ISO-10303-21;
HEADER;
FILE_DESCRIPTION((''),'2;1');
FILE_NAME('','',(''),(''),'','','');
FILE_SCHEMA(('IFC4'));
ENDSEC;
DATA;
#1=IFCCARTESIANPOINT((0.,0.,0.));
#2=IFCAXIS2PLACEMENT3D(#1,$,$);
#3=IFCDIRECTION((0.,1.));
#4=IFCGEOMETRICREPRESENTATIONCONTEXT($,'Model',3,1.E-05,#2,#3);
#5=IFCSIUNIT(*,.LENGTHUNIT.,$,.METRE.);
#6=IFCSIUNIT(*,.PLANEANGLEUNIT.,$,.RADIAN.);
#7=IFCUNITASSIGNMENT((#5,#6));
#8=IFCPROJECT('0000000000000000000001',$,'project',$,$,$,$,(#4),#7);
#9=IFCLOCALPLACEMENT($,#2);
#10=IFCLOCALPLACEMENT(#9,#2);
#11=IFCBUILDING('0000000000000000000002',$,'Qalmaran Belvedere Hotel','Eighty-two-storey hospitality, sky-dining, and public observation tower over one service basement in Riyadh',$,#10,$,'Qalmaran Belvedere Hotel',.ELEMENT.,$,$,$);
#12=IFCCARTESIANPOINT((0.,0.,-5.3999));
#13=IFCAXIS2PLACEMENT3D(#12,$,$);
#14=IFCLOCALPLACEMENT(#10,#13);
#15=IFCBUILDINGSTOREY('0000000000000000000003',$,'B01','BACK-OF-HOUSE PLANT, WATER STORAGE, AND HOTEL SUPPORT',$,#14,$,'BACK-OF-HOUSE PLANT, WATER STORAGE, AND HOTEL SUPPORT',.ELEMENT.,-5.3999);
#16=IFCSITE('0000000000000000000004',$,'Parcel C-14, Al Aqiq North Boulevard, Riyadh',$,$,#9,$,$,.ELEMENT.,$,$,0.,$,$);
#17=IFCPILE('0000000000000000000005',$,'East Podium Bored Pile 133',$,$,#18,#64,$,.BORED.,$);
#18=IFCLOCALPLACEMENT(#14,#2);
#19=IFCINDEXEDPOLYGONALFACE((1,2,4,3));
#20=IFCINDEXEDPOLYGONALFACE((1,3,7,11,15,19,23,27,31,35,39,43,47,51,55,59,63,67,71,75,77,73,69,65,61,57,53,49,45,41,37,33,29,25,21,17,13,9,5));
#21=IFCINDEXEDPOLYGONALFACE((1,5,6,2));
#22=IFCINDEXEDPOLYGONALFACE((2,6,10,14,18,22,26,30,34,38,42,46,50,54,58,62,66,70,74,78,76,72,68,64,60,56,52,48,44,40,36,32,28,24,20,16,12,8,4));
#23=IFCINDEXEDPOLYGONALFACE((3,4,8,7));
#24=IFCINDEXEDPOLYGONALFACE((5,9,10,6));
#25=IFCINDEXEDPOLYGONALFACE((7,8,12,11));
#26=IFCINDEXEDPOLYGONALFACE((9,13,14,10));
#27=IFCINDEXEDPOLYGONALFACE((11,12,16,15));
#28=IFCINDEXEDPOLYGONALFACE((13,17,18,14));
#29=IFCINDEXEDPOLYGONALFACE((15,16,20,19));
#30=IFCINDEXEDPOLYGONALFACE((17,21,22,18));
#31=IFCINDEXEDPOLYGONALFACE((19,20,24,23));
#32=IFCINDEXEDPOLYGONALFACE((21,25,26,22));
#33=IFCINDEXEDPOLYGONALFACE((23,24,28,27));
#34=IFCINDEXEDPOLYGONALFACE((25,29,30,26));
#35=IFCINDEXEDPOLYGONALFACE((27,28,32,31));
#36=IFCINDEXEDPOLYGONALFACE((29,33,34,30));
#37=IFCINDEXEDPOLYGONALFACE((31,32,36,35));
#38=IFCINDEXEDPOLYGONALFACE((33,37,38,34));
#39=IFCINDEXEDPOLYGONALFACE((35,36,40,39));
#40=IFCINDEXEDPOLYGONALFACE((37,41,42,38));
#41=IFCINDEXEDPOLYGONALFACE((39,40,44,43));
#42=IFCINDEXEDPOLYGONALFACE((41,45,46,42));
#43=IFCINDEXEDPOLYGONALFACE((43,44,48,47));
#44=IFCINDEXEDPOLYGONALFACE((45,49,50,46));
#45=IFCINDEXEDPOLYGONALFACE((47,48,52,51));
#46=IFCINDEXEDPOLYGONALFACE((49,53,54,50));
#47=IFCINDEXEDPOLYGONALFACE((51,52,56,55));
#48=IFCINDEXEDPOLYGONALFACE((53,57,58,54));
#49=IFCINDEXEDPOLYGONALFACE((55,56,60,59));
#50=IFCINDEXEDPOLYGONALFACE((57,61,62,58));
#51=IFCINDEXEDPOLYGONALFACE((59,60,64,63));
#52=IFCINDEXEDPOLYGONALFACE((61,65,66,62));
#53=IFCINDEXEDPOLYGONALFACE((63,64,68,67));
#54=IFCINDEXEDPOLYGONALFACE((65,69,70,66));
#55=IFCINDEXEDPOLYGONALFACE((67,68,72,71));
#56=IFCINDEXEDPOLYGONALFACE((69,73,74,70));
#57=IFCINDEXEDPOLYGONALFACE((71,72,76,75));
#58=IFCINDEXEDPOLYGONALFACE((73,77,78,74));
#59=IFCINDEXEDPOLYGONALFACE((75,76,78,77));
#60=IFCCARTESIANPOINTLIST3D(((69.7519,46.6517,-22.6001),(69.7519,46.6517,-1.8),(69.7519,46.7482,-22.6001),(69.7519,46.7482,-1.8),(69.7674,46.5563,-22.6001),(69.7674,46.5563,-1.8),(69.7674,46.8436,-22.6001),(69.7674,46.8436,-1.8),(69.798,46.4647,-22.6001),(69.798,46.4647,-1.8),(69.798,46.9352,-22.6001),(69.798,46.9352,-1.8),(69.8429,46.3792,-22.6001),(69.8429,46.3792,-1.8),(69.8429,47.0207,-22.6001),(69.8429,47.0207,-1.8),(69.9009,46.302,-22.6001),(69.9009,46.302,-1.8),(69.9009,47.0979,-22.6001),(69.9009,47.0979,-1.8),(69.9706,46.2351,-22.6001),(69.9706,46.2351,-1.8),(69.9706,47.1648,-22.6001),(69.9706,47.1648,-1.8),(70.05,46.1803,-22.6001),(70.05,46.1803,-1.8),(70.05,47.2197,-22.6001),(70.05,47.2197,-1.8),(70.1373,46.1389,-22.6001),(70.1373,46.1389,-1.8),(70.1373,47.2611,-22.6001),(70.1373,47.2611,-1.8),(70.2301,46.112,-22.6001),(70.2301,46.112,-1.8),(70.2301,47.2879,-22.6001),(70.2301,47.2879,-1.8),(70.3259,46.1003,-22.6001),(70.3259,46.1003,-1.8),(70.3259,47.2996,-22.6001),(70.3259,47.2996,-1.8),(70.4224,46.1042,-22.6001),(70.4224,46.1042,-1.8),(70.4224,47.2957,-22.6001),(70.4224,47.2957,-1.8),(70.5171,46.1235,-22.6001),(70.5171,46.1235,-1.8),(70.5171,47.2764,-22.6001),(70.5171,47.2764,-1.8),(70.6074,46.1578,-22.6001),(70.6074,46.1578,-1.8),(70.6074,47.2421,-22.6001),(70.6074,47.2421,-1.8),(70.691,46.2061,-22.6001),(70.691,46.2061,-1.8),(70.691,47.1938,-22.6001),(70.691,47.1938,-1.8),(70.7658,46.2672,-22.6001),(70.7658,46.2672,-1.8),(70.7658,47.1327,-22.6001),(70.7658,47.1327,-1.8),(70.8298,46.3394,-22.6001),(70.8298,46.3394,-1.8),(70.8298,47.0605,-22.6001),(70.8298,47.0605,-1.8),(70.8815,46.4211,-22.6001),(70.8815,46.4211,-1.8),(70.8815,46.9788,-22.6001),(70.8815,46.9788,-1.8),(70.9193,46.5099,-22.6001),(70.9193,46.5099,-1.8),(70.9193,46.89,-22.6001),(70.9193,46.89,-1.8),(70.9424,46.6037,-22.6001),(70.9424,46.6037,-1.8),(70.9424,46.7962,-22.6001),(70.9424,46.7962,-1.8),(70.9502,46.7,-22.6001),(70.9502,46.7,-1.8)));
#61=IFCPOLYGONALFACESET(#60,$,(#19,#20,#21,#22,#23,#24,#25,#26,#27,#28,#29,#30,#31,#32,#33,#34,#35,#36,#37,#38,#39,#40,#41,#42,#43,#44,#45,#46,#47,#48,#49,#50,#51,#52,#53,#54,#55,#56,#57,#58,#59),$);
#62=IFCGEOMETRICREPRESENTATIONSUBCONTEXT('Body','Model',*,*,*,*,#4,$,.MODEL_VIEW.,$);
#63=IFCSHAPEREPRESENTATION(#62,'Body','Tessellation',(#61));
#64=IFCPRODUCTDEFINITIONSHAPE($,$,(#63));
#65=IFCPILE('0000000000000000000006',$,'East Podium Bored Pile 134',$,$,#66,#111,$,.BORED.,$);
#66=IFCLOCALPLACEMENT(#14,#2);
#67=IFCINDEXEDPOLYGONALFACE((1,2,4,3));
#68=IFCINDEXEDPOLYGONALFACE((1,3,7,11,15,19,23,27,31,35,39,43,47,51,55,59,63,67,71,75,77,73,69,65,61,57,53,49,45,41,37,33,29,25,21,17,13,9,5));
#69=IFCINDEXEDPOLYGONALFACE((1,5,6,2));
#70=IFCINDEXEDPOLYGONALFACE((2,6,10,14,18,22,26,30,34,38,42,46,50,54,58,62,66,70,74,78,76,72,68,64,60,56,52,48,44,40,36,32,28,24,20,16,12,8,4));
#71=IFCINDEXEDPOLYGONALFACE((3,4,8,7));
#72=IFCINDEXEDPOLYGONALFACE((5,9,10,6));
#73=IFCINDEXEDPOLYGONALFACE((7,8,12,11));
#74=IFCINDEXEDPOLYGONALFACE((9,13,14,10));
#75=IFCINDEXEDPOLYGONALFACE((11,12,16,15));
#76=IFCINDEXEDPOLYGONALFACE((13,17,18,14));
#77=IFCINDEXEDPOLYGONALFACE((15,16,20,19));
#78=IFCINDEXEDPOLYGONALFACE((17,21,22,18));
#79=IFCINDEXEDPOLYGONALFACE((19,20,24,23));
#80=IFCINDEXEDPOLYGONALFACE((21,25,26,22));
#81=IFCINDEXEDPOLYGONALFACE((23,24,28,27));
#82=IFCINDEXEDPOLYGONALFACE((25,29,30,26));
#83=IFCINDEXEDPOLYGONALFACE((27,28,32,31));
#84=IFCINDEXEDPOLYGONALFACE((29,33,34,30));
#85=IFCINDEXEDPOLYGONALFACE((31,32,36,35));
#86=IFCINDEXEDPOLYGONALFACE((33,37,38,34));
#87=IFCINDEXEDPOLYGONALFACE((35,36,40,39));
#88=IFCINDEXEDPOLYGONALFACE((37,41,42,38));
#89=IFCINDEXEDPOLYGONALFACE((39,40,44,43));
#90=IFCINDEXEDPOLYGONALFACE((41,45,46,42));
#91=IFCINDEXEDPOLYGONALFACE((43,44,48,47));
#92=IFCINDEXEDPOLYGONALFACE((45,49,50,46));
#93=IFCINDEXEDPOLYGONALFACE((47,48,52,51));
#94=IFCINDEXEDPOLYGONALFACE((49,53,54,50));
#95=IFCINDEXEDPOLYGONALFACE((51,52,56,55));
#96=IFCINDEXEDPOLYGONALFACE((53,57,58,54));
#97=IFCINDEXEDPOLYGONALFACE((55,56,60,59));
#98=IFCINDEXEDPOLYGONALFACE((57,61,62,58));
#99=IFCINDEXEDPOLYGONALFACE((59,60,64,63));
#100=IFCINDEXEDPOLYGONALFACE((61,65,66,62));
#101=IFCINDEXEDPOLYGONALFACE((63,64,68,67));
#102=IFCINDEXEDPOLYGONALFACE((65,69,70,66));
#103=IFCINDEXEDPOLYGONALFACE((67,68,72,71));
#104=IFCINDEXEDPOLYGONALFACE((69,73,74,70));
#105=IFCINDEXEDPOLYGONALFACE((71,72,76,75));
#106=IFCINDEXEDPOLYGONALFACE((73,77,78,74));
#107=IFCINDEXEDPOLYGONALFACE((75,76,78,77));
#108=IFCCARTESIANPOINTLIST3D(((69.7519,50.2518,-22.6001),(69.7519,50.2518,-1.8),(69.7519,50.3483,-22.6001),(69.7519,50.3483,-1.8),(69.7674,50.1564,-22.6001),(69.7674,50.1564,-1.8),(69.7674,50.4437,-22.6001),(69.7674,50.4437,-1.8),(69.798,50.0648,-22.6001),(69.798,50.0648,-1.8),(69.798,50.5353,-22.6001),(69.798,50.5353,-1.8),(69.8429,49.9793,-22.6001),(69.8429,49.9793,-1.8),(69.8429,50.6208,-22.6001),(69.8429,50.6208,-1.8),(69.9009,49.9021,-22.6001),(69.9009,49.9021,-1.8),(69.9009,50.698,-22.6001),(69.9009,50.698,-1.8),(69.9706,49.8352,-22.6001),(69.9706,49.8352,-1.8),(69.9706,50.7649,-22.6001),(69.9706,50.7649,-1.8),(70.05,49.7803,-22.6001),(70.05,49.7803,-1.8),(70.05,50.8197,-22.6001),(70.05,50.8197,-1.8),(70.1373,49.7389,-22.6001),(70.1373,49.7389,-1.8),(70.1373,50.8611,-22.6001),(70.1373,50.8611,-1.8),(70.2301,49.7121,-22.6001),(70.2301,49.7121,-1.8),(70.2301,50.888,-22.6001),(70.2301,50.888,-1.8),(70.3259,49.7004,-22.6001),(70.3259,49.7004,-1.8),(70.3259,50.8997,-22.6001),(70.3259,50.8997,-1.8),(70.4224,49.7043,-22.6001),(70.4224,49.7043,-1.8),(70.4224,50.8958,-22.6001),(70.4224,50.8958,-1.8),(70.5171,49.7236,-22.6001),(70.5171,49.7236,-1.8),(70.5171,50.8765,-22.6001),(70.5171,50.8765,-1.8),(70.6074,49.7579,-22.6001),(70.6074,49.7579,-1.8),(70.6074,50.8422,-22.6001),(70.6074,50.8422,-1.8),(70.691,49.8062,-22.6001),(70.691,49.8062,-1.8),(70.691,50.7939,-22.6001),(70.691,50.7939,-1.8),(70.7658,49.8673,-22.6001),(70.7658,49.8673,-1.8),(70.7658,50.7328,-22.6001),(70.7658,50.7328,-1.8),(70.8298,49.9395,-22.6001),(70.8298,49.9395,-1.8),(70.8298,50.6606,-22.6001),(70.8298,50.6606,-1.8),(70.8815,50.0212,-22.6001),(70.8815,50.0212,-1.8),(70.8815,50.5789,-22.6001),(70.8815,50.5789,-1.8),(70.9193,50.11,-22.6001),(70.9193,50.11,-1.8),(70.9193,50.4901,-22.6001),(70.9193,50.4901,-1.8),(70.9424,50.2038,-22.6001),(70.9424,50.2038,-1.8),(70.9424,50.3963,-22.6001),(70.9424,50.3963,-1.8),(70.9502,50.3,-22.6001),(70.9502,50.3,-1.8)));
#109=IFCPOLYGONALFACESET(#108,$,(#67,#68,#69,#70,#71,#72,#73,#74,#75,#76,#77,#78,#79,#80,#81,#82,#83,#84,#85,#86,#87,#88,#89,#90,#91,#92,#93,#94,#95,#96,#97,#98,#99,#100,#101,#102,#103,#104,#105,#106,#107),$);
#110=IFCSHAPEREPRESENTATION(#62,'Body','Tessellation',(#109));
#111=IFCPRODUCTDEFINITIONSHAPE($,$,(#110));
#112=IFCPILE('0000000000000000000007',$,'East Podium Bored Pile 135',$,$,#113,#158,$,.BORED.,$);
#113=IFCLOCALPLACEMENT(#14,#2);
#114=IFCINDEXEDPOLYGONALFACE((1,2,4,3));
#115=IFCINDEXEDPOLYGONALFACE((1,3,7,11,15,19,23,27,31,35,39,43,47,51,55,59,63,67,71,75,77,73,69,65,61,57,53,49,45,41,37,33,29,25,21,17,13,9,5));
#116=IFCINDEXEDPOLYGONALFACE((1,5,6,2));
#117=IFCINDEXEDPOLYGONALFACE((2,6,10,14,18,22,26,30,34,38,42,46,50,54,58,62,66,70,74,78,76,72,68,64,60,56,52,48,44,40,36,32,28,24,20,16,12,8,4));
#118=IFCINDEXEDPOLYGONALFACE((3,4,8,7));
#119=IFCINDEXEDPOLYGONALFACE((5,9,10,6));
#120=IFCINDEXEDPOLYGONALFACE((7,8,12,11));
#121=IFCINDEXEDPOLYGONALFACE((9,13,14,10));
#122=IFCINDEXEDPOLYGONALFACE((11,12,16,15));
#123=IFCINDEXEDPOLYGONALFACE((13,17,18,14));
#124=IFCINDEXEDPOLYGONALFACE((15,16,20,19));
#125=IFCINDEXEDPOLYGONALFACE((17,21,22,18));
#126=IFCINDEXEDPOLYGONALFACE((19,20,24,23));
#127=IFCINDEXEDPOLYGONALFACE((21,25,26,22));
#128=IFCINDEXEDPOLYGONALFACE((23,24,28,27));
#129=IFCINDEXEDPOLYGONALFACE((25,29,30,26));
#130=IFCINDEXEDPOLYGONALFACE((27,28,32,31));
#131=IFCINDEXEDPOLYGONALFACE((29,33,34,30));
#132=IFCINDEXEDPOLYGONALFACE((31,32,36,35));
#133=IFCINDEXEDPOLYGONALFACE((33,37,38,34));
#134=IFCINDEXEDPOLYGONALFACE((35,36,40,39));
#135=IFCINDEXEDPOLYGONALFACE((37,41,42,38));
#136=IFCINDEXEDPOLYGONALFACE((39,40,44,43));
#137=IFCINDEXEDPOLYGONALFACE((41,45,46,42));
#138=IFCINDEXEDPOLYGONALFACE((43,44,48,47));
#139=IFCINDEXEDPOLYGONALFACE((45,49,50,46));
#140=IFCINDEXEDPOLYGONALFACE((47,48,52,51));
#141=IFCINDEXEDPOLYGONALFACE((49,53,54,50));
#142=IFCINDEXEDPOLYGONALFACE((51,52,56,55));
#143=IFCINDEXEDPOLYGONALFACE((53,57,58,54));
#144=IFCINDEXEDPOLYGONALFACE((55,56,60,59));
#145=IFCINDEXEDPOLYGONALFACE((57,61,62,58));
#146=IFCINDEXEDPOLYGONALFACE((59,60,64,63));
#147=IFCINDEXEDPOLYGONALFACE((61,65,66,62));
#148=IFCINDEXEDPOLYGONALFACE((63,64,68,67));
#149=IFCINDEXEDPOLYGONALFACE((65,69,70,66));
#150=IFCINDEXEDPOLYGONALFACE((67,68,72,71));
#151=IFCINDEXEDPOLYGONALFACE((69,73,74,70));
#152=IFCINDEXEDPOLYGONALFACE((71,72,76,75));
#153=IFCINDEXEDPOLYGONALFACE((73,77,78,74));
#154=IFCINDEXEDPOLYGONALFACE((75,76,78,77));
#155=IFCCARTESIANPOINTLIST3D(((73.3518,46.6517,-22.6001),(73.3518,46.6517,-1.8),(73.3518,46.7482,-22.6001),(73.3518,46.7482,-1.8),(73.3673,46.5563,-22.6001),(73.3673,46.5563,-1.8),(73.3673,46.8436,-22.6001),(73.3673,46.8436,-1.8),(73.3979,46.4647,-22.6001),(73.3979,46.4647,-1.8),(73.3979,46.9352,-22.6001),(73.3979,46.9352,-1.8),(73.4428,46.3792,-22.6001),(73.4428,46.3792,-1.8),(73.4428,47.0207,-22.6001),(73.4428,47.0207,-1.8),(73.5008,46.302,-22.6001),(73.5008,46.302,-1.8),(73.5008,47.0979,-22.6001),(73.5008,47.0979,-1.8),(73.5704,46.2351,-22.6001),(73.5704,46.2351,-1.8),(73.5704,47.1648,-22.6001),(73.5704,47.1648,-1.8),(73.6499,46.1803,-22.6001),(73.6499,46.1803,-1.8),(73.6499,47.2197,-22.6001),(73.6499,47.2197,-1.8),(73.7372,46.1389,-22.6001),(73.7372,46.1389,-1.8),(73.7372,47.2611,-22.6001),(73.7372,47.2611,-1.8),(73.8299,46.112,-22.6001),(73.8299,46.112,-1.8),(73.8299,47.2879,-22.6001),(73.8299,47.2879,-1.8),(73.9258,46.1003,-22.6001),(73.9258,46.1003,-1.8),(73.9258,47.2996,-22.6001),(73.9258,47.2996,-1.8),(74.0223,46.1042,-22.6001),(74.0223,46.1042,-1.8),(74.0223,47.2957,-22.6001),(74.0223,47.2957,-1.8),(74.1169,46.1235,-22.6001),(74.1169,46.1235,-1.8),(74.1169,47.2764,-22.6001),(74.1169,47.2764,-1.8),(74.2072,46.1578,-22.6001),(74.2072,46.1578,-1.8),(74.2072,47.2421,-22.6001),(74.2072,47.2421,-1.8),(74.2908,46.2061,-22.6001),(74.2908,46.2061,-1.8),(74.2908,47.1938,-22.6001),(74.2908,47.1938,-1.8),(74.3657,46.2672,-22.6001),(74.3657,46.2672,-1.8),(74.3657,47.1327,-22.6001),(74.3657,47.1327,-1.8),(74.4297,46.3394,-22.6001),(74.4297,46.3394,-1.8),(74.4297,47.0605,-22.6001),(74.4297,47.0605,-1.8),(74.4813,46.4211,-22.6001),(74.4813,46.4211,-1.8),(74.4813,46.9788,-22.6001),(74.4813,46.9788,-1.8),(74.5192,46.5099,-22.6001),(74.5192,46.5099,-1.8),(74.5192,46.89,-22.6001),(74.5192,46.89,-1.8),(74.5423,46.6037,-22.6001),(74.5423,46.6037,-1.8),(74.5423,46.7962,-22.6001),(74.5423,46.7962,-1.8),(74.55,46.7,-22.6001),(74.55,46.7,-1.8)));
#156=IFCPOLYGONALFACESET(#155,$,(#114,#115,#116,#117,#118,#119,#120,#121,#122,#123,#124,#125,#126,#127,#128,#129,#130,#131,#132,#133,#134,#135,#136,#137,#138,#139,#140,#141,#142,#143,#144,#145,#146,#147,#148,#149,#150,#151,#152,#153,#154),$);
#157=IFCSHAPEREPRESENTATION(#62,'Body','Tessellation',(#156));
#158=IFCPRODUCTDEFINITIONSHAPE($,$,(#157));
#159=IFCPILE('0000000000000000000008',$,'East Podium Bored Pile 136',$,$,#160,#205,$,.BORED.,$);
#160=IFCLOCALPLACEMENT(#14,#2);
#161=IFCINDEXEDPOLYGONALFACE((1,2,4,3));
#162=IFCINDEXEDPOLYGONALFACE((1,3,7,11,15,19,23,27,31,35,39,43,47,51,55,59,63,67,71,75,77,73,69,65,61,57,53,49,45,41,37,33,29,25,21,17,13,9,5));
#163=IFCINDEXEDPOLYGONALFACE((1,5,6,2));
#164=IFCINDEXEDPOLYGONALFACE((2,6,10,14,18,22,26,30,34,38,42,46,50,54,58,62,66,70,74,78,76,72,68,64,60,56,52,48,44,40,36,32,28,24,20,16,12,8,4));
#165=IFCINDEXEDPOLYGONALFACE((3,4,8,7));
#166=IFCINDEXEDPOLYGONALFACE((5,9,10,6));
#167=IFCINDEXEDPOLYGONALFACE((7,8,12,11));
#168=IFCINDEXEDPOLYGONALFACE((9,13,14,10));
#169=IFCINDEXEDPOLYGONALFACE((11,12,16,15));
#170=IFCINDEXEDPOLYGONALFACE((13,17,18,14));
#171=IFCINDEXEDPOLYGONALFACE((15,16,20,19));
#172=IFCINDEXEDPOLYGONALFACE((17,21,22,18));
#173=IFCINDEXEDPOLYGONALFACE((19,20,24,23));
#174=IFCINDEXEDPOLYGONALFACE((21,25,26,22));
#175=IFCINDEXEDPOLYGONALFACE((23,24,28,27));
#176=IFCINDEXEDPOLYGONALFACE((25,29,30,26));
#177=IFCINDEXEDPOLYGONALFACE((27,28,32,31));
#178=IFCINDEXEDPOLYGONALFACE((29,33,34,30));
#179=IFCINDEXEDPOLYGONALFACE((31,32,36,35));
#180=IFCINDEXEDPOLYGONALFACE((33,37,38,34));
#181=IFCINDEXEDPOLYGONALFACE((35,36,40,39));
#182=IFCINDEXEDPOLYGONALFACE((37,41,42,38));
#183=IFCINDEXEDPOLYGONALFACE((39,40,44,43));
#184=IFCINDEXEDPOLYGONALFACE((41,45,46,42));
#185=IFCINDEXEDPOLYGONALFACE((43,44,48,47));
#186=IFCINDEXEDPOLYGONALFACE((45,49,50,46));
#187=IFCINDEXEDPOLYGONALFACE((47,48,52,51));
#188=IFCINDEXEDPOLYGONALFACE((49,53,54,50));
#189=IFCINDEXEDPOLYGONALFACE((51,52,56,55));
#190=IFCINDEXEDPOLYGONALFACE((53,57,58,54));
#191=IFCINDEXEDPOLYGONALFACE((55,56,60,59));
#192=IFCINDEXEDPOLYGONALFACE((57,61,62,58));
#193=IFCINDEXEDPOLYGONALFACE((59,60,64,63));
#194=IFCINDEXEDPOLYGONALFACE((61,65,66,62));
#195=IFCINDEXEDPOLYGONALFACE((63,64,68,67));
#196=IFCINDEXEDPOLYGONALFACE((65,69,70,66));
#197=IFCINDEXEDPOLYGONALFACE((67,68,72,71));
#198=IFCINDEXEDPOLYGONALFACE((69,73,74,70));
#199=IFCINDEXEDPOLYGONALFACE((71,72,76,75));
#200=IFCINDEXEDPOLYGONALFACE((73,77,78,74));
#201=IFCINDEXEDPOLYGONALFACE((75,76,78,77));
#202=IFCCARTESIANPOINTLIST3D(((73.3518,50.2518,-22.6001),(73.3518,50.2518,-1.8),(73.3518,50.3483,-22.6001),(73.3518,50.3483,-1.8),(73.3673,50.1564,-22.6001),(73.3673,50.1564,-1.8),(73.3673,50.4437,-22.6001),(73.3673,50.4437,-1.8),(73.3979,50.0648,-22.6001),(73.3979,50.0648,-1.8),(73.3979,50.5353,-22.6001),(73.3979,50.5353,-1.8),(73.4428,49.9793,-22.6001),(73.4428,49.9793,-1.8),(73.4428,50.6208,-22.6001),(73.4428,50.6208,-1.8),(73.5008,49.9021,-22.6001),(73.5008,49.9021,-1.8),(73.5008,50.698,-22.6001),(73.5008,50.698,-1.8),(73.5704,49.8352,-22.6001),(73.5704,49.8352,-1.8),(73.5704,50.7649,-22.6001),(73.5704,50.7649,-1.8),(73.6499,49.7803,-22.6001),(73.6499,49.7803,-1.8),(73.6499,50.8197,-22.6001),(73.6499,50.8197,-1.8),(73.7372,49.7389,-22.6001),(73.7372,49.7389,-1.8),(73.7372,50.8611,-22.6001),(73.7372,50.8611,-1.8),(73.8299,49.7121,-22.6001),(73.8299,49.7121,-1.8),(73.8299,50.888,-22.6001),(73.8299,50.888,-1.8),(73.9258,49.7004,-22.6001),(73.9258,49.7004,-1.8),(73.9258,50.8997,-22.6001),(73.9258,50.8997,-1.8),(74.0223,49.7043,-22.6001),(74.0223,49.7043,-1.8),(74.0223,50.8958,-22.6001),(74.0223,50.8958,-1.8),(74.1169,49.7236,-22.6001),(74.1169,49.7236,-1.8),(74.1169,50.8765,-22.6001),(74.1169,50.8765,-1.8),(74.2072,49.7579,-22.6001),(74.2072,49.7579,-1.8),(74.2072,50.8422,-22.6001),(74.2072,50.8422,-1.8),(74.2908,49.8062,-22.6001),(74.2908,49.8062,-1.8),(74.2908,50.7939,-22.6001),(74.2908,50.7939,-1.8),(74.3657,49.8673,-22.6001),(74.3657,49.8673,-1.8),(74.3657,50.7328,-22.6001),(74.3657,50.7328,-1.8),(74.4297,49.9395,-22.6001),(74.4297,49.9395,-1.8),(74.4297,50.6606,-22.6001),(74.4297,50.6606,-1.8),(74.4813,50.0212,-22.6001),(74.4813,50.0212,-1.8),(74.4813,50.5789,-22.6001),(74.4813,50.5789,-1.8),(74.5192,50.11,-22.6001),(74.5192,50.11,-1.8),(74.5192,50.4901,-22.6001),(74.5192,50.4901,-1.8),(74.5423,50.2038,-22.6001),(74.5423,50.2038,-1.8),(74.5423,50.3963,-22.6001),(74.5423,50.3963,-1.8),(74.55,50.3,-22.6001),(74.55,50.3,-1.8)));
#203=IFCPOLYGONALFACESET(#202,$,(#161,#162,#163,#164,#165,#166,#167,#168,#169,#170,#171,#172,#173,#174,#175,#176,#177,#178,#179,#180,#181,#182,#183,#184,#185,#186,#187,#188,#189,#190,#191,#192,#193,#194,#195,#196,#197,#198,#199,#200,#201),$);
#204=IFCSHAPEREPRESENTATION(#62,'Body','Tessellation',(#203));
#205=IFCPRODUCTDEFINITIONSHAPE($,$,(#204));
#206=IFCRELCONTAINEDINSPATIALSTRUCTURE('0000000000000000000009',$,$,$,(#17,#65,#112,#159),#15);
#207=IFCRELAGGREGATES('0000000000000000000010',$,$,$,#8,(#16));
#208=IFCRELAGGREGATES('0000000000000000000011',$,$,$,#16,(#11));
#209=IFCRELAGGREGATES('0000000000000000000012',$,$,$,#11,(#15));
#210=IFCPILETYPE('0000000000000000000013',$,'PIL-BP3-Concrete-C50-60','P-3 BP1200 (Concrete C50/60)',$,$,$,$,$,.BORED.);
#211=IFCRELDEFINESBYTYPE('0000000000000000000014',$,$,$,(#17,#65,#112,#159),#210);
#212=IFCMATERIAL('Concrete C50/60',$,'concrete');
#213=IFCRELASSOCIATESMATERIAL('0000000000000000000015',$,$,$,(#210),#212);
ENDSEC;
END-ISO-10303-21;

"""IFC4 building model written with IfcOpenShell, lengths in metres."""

from ifc_helpers import new_model, si_unit, direction, frame, origin, origin_2d, place, context, subcontext, project, spatial, circle, extrude, material, material_profile, profile_set, type_object, element, save


model = new_model("IFC4")

# Units and contexts
model_context = context("Model", 3, precision=1e-05, world=origin(), true_north=direction((0.0, 1.0)))
body_context = subcontext(model_context, "Body", "Model", "MODEL_VIEW")
ifc_project = project(units=[si_unit("LENGTHUNIT", "METRE"), si_unit("PLANEANGLEUNIT", "RADIAN")], contexts=[model_context])

# Site, building, storey
site_placement = place(None, origin())
site = spatial("IfcSite", under=ifc_project, at=site_placement, Name="Parcel C-14, Al Aqiq North Boulevard, Riyadh", CompositionType="ELEMENT", RefElevation=0.0)
building_placement = place(site_placement, origin())
building = spatial("IfcBuilding", under=site, at=building_placement, Name="Qalmaran Belvedere Hotel", Description="Eighty-two-storey hospitality, sky-dining, and public observation tower over one service basement in Riyadh", LongName="Qalmaran Belvedere Hotel", CompositionType="ELEMENT")
storey_placement = place(building_placement, frame((0.0, 0.0, -5.3999)))
storey = spatial("IfcBuildingStorey", under=building, at=storey_placement, Name="B01", Description="BACK-OF-HOUSE PLANT, WATER STORAGE, AND HOTEL SUPPORT", LongName="BACK-OF-HOUSE PLANT, WATER STORAGE, AND HOTEL SUPPORT", CompositionType="ELEMENT", Elevation=-5.3999)

# Shared definitions
ifc_material_1 = material(Name="Concrete C50/60", Category="concrete")

# Piles
ifc_material_profile_1 = material_profile(ifc_material_1, circle(Radius=0.6001, at=origin_2d()), Name="BP1200")
ifc_profile_set_1 = profile_set([ifc_material_profile_1], Name="Concrete C50/60")
pile_type_1 = type_object("IfcPileType", Name="PIL-BP3-Concrete-C50-60", Description="P-3 BP1200 (Concrete C50/60)", PredefinedType="BORED", material=ifc_profile_set_1)
for number, where, z_axis, x_axis, name in (
    (1, (70.3501, 46.7, -1.8), (0.0, 0.0, -1.0), (1.0, 0.0, 0.0), "East Podium Bored Pile 133"),
    (2, (70.3501, 50.3, -1.8), (0.0, 0.0, -1.0), (1.0, 0.0, 0.0), "East Podium Bored Pile 134"),
    (3, (73.95, 46.7, -1.8), (0.0, 0.0, -1.0), (1.0, 0.0, 0.0), "East Podium Bored Pile 135"),
    (4, (73.95, 50.3, -1.8), (0.0, 0.0, -1.0), (1.0, 0.0, 0.0), "East Podium Bored Pile 136"),
):
    element("IfcPile", number, at=place(storey_placement, frame(where, z_axis=z_axis, x_axis=x_axis)), inside=storey, type_object=pile_type_1, Name=name, PredefinedType="BORED", context=body_context, shape_type="SweptSolid", body=[
        extrude(circle(Radius=0.6001, at=origin_2d()), origin(), (0.0, 0.0, 1.0), 20.8),
    ])

save(model, "model.ifc")
